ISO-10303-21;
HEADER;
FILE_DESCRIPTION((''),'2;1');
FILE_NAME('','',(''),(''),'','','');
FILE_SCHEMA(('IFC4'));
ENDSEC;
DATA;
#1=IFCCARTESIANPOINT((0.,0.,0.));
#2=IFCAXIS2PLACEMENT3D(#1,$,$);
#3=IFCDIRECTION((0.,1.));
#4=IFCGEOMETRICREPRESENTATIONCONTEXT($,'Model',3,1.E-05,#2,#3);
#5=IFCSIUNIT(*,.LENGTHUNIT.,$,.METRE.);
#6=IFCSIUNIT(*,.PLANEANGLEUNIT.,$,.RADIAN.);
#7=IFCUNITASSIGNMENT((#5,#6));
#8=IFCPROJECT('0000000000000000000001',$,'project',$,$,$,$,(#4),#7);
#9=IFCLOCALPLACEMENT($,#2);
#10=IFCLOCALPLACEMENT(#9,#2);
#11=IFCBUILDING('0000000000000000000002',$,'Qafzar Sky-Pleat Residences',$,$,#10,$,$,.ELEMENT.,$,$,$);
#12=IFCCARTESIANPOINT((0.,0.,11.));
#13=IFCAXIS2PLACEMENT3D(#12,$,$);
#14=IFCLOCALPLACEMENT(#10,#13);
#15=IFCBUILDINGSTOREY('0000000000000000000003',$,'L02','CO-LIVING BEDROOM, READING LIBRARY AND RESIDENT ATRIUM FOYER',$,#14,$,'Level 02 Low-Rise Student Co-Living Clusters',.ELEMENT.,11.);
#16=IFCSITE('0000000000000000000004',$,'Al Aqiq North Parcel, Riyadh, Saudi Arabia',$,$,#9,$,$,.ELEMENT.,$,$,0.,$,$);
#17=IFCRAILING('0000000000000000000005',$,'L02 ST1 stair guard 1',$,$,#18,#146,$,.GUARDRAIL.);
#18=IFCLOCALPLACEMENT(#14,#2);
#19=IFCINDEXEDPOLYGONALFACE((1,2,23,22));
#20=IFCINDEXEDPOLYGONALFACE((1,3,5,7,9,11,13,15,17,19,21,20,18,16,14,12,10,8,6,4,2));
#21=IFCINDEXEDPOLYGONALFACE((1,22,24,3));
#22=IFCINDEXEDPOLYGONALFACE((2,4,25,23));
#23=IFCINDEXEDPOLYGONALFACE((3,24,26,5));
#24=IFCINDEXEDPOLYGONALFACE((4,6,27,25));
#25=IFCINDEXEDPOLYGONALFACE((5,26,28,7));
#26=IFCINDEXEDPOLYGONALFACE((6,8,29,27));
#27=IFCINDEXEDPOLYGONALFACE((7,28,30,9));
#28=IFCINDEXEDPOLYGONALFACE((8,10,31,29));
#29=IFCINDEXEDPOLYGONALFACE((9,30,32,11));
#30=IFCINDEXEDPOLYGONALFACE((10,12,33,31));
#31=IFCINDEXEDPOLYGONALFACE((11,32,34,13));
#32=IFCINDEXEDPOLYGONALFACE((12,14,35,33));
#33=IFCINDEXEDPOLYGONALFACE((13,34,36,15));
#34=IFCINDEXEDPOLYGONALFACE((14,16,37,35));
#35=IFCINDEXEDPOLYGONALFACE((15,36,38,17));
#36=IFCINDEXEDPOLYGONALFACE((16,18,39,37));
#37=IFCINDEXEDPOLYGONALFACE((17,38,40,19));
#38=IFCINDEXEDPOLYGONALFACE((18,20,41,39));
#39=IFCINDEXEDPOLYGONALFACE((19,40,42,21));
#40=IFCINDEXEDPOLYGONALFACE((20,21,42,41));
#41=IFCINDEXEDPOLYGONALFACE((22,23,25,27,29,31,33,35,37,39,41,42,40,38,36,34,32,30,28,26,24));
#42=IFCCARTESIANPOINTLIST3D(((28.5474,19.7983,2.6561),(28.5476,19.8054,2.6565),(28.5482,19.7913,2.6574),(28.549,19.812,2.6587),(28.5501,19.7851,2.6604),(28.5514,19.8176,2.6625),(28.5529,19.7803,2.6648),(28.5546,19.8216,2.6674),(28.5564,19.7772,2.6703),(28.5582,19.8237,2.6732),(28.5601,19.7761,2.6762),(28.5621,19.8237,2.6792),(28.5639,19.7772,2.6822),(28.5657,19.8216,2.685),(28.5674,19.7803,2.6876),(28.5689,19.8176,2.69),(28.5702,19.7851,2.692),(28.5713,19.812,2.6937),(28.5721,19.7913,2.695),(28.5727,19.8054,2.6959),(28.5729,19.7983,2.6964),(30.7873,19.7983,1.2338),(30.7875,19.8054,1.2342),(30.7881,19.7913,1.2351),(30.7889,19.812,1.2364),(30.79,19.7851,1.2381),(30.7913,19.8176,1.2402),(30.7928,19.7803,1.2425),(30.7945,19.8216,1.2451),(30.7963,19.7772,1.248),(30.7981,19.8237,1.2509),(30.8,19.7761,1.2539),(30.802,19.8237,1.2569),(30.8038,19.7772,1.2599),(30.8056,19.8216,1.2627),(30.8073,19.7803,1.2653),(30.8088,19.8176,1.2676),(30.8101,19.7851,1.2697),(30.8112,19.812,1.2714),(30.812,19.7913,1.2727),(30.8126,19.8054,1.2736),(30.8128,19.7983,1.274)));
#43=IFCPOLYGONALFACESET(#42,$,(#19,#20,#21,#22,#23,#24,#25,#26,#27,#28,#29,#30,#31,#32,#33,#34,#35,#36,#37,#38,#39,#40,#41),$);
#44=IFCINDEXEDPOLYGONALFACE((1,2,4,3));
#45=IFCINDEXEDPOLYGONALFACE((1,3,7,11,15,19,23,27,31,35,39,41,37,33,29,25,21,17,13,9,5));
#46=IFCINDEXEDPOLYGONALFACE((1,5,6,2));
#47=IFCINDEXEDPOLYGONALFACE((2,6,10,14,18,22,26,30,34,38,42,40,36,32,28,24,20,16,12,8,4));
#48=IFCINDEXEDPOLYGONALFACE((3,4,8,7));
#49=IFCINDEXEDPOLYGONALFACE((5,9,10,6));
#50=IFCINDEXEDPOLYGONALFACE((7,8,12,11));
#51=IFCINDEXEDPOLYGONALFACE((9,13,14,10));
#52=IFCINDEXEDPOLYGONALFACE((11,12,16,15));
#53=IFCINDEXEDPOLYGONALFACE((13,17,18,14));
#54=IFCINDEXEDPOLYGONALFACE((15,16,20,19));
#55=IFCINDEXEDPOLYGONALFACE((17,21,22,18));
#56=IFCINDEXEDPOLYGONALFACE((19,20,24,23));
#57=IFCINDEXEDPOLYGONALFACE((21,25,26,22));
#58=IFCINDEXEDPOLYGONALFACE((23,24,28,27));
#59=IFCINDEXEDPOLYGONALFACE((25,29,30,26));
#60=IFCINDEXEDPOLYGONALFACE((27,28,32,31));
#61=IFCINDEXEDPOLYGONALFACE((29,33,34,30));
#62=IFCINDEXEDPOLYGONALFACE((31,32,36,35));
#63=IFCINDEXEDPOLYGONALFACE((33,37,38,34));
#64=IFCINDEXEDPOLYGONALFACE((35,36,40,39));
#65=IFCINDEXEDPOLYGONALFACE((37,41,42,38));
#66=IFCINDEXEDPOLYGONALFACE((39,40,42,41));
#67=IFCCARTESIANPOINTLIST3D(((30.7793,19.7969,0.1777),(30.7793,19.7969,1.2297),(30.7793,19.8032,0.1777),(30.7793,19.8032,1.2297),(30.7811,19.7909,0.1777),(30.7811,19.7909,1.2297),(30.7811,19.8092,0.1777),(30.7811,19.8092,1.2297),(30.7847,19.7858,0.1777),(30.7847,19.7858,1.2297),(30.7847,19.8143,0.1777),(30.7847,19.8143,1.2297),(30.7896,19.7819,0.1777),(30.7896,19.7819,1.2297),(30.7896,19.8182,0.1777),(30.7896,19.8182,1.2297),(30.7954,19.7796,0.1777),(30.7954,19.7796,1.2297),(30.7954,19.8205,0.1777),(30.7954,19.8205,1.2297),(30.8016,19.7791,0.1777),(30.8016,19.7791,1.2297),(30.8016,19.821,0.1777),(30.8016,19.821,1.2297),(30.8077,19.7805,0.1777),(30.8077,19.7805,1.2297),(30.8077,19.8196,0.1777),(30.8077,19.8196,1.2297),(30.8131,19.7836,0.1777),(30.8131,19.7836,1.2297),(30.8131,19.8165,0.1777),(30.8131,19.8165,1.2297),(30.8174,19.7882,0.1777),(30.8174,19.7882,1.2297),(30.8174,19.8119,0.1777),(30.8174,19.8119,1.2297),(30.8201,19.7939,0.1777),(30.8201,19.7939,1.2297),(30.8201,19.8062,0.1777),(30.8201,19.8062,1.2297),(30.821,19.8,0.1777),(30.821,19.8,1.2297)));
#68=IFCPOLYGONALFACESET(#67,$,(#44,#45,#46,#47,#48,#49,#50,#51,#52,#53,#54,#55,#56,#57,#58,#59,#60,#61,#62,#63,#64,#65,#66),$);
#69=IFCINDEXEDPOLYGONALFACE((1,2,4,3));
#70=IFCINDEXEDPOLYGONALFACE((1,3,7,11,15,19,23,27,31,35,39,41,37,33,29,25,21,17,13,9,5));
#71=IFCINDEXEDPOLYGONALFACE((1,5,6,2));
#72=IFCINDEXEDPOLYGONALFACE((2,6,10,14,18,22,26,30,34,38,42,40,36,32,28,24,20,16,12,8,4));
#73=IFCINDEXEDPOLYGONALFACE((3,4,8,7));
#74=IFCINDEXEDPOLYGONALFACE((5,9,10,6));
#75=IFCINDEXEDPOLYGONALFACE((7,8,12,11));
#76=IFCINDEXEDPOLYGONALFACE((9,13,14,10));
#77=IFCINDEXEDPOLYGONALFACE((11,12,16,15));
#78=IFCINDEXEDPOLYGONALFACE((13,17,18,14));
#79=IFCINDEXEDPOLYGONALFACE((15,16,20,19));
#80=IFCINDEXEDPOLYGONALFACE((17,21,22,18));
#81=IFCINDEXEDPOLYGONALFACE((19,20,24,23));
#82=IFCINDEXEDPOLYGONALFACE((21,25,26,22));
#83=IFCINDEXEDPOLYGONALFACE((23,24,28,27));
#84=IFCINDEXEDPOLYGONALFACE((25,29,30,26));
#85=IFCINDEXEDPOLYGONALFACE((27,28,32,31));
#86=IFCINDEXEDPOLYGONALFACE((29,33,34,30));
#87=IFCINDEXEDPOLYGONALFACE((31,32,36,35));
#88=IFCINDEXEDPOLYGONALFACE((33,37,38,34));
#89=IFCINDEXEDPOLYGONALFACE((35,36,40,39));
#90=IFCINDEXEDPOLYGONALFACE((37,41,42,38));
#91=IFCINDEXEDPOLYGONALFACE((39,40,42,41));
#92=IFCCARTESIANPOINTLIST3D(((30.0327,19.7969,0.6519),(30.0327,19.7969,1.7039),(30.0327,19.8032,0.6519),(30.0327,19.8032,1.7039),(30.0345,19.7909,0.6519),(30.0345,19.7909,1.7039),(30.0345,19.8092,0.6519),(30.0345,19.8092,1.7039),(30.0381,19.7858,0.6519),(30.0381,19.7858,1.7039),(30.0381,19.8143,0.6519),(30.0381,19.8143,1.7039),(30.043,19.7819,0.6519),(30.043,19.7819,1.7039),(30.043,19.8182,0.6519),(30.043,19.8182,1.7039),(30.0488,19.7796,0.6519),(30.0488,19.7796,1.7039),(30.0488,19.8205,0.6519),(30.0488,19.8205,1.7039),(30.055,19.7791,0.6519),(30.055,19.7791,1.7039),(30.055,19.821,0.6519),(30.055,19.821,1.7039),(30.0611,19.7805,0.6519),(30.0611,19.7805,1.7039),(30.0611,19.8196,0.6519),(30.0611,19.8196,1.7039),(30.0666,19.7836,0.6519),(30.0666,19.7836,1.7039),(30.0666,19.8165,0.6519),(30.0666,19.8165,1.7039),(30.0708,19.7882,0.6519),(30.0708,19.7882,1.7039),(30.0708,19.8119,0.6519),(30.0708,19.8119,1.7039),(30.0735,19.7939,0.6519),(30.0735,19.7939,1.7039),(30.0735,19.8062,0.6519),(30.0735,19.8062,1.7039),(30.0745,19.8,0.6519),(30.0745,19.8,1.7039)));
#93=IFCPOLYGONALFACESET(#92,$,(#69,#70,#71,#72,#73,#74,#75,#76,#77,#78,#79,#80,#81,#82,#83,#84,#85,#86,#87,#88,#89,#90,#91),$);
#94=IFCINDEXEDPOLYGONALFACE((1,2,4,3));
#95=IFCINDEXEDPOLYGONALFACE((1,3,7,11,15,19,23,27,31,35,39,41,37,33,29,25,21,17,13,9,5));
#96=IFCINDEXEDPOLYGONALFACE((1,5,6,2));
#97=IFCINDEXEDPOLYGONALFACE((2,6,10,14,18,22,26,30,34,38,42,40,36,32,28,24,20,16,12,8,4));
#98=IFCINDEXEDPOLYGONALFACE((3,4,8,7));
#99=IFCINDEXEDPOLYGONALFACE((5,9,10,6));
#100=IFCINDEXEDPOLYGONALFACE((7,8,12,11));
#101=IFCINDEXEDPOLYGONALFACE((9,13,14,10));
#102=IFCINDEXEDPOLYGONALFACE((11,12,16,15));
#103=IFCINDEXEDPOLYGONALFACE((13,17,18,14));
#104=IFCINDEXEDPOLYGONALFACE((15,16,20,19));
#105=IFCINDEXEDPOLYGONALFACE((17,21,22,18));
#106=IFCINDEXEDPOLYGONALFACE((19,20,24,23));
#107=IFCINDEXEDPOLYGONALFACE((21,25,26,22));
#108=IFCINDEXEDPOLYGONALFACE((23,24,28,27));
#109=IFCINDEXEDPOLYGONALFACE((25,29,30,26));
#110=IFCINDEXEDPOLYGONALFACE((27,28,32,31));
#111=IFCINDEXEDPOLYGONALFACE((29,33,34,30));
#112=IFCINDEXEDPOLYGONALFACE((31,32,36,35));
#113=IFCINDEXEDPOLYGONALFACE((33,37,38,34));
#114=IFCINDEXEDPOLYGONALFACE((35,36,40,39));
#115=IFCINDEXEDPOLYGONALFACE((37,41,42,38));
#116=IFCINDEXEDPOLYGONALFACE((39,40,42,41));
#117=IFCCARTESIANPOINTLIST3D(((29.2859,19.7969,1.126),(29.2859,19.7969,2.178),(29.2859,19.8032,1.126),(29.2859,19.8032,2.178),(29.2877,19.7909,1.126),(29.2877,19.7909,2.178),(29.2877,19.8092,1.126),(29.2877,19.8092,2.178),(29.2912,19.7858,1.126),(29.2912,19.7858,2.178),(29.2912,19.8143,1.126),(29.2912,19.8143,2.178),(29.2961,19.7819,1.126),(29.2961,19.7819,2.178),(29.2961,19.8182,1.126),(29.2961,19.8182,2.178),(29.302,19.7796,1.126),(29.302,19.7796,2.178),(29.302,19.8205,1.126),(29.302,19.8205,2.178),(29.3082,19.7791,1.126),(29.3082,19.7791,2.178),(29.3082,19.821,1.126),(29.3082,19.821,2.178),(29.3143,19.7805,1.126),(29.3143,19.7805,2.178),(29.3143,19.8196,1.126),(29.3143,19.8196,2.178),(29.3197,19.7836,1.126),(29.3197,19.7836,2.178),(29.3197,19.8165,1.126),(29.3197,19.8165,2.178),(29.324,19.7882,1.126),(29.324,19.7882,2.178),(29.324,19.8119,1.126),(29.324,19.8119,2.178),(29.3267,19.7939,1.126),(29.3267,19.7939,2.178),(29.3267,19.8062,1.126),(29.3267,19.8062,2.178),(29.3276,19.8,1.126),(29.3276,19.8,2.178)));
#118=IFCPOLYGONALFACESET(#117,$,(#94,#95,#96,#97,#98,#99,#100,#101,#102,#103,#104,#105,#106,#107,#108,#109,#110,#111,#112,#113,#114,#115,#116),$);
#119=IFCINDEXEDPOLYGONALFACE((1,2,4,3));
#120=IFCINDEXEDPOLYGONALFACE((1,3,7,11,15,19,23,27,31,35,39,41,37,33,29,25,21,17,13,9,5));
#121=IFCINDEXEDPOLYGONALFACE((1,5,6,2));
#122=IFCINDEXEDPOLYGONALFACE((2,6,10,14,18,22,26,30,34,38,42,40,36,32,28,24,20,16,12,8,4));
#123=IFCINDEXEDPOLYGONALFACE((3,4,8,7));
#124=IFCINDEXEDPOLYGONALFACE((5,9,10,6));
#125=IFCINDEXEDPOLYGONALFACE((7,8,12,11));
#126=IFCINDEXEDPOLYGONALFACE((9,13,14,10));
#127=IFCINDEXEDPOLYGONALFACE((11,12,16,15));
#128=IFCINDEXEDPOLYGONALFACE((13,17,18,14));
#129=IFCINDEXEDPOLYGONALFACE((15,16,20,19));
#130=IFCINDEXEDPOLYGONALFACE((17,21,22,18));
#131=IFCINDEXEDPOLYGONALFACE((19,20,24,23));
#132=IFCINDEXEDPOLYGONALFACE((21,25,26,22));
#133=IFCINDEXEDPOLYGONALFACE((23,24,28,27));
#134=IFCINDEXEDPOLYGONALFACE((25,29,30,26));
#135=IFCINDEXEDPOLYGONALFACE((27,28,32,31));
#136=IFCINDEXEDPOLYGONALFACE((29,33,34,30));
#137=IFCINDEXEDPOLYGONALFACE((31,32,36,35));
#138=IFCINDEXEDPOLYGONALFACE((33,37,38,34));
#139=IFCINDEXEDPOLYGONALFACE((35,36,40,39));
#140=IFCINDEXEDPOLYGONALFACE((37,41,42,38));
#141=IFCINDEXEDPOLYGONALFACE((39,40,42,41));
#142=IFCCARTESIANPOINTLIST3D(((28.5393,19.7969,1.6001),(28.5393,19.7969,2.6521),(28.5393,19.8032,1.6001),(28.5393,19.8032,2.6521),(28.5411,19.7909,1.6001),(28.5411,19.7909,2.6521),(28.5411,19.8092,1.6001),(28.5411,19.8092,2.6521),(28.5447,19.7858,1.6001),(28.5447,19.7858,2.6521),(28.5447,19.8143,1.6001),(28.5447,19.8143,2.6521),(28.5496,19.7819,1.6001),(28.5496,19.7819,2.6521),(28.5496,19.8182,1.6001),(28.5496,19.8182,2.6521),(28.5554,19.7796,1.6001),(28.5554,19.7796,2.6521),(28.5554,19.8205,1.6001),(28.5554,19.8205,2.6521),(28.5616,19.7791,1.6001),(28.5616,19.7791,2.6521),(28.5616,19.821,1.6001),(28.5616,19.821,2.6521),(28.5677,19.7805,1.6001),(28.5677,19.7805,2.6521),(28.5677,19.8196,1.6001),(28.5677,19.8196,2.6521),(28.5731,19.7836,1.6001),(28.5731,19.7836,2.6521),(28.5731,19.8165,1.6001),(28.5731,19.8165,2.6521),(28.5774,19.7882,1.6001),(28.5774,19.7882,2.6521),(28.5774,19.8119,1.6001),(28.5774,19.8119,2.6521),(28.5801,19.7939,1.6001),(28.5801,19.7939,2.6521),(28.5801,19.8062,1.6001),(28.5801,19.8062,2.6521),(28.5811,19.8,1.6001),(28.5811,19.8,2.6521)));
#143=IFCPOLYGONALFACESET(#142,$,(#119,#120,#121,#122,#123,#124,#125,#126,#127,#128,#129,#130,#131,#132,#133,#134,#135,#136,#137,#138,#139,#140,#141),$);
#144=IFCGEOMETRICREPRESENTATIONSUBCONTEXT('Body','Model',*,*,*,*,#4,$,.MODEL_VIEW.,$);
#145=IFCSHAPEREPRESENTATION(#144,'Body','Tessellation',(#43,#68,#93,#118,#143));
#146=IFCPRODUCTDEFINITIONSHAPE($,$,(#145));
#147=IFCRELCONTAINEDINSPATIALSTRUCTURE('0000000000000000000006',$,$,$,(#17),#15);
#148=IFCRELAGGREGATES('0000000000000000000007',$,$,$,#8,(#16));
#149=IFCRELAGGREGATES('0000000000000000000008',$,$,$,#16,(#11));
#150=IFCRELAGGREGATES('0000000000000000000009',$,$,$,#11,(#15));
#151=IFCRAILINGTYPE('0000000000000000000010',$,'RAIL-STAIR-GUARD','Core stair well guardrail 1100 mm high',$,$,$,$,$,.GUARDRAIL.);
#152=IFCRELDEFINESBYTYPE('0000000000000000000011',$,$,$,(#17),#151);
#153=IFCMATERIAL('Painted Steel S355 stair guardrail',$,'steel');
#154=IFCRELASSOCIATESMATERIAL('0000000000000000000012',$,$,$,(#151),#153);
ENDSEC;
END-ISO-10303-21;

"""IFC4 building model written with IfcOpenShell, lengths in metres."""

from ifc_helpers import new_model, si_unit, direction, frame, origin, origin_2d, place, context, subcontext, project, spatial, circle, extrude, source, transform, mapped, material, type_object, element, save


model = new_model("IFC4")

# Units and contexts
model_context = context("Model", 3, precision=1e-05, world=origin(), true_north=direction((0.0, 1.0)))
body_context = subcontext(model_context, "Body", "Model", "MODEL_VIEW")
ifc_project = project(units=[si_unit("LENGTHUNIT", "METRE"), si_unit("PLANEANGLEUNIT", "RADIAN")], contexts=[model_context])

# Site, building, storey
site_placement = place(None, origin())
site = spatial("IfcSite", under=ifc_project, at=site_placement, Name="Al Aqiq North Parcel, Riyadh, Saudi Arabia", CompositionType="ELEMENT", RefElevation=0.0)
building_placement = place(site_placement, origin())
building = spatial("IfcBuilding", under=site, at=building_placement, Name="Qafzar Sky-Pleat Residences", CompositionType="ELEMENT")
storey_placement = place(building_placement, frame((0.0, 0.0, 11.0)))
storey = spatial("IfcBuildingStorey", under=building, at=storey_placement, Name="L02", Description="CO-LIVING BEDROOM, READING LIBRARY AND RESIDENT ATRIUM FOYER", LongName="Level 02 Low-Rise Student Co-Living Clusters", CompositionType="ELEMENT", Elevation=11.0)

# Railing
ifc_material_1 = material(Name="Painted Steel S355 stair guardrail", Category="steel")
railing_type_1 = type_object("IfcRailingType", Name="RAIL-STAIR-GUARD", Description="Core stair well guardrail 1100 mm high", PredefinedType="GUARDRAIL", material=ifc_material_1)
shared_shape_1 = source(origin(), body_context, "Body", "SweptSolid", [
    extrude(circle(Radius=0.0239, at=origin_2d()), frame((0.0, 0.0, 1.0762), z_axis=(-0.844188, 0.0, 0.536048), x_axis=(0.0, -1.0, 0.0)), (0.0, 0.0, 1.0), 2.6533),
    extrude(circle(Radius=0.021, at=origin_2d()), origin(), (0.0, 0.0, 1.0), 1.052),
    extrude(circle(Radius=0.021, at=origin_2d()), frame((-0.7466, 0.0, 0.4741)), (0.0, 0.0, 1.0), 1.052),
    extrude(circle(Radius=0.021, at=origin_2d()), frame((-1.4934, 0.0, 0.9482)), (0.0, 0.0, 1.0), 1.052),
    extrude(circle(Radius=0.021, at=origin_2d()), frame((-2.24, 0.0, 1.4224)), (0.0, 0.0, 1.0), 1.052),
])
railing_1_placement = place(storey_placement, frame((30.8, 19.8, 0.1777)))
element("IfcRailing", 1, at=railing_1_placement, inside=storey, type_object=railing_type_1, Name="L02 ST1 stair guard 1", PredefinedType="GUARDRAIL", context=body_context, shape_type="MappedRepresentation", body=[
    mapped(shared_shape_1, transform((0.0, 0.0, 0.0), x_axis=(1.0, 0.0, 0.0), y_axis=(0.0, 1.0, 0.0), z_axis=(0.0, 0.0, 1.0), scale=1.0)),
])

save(model, "model.ifc")
